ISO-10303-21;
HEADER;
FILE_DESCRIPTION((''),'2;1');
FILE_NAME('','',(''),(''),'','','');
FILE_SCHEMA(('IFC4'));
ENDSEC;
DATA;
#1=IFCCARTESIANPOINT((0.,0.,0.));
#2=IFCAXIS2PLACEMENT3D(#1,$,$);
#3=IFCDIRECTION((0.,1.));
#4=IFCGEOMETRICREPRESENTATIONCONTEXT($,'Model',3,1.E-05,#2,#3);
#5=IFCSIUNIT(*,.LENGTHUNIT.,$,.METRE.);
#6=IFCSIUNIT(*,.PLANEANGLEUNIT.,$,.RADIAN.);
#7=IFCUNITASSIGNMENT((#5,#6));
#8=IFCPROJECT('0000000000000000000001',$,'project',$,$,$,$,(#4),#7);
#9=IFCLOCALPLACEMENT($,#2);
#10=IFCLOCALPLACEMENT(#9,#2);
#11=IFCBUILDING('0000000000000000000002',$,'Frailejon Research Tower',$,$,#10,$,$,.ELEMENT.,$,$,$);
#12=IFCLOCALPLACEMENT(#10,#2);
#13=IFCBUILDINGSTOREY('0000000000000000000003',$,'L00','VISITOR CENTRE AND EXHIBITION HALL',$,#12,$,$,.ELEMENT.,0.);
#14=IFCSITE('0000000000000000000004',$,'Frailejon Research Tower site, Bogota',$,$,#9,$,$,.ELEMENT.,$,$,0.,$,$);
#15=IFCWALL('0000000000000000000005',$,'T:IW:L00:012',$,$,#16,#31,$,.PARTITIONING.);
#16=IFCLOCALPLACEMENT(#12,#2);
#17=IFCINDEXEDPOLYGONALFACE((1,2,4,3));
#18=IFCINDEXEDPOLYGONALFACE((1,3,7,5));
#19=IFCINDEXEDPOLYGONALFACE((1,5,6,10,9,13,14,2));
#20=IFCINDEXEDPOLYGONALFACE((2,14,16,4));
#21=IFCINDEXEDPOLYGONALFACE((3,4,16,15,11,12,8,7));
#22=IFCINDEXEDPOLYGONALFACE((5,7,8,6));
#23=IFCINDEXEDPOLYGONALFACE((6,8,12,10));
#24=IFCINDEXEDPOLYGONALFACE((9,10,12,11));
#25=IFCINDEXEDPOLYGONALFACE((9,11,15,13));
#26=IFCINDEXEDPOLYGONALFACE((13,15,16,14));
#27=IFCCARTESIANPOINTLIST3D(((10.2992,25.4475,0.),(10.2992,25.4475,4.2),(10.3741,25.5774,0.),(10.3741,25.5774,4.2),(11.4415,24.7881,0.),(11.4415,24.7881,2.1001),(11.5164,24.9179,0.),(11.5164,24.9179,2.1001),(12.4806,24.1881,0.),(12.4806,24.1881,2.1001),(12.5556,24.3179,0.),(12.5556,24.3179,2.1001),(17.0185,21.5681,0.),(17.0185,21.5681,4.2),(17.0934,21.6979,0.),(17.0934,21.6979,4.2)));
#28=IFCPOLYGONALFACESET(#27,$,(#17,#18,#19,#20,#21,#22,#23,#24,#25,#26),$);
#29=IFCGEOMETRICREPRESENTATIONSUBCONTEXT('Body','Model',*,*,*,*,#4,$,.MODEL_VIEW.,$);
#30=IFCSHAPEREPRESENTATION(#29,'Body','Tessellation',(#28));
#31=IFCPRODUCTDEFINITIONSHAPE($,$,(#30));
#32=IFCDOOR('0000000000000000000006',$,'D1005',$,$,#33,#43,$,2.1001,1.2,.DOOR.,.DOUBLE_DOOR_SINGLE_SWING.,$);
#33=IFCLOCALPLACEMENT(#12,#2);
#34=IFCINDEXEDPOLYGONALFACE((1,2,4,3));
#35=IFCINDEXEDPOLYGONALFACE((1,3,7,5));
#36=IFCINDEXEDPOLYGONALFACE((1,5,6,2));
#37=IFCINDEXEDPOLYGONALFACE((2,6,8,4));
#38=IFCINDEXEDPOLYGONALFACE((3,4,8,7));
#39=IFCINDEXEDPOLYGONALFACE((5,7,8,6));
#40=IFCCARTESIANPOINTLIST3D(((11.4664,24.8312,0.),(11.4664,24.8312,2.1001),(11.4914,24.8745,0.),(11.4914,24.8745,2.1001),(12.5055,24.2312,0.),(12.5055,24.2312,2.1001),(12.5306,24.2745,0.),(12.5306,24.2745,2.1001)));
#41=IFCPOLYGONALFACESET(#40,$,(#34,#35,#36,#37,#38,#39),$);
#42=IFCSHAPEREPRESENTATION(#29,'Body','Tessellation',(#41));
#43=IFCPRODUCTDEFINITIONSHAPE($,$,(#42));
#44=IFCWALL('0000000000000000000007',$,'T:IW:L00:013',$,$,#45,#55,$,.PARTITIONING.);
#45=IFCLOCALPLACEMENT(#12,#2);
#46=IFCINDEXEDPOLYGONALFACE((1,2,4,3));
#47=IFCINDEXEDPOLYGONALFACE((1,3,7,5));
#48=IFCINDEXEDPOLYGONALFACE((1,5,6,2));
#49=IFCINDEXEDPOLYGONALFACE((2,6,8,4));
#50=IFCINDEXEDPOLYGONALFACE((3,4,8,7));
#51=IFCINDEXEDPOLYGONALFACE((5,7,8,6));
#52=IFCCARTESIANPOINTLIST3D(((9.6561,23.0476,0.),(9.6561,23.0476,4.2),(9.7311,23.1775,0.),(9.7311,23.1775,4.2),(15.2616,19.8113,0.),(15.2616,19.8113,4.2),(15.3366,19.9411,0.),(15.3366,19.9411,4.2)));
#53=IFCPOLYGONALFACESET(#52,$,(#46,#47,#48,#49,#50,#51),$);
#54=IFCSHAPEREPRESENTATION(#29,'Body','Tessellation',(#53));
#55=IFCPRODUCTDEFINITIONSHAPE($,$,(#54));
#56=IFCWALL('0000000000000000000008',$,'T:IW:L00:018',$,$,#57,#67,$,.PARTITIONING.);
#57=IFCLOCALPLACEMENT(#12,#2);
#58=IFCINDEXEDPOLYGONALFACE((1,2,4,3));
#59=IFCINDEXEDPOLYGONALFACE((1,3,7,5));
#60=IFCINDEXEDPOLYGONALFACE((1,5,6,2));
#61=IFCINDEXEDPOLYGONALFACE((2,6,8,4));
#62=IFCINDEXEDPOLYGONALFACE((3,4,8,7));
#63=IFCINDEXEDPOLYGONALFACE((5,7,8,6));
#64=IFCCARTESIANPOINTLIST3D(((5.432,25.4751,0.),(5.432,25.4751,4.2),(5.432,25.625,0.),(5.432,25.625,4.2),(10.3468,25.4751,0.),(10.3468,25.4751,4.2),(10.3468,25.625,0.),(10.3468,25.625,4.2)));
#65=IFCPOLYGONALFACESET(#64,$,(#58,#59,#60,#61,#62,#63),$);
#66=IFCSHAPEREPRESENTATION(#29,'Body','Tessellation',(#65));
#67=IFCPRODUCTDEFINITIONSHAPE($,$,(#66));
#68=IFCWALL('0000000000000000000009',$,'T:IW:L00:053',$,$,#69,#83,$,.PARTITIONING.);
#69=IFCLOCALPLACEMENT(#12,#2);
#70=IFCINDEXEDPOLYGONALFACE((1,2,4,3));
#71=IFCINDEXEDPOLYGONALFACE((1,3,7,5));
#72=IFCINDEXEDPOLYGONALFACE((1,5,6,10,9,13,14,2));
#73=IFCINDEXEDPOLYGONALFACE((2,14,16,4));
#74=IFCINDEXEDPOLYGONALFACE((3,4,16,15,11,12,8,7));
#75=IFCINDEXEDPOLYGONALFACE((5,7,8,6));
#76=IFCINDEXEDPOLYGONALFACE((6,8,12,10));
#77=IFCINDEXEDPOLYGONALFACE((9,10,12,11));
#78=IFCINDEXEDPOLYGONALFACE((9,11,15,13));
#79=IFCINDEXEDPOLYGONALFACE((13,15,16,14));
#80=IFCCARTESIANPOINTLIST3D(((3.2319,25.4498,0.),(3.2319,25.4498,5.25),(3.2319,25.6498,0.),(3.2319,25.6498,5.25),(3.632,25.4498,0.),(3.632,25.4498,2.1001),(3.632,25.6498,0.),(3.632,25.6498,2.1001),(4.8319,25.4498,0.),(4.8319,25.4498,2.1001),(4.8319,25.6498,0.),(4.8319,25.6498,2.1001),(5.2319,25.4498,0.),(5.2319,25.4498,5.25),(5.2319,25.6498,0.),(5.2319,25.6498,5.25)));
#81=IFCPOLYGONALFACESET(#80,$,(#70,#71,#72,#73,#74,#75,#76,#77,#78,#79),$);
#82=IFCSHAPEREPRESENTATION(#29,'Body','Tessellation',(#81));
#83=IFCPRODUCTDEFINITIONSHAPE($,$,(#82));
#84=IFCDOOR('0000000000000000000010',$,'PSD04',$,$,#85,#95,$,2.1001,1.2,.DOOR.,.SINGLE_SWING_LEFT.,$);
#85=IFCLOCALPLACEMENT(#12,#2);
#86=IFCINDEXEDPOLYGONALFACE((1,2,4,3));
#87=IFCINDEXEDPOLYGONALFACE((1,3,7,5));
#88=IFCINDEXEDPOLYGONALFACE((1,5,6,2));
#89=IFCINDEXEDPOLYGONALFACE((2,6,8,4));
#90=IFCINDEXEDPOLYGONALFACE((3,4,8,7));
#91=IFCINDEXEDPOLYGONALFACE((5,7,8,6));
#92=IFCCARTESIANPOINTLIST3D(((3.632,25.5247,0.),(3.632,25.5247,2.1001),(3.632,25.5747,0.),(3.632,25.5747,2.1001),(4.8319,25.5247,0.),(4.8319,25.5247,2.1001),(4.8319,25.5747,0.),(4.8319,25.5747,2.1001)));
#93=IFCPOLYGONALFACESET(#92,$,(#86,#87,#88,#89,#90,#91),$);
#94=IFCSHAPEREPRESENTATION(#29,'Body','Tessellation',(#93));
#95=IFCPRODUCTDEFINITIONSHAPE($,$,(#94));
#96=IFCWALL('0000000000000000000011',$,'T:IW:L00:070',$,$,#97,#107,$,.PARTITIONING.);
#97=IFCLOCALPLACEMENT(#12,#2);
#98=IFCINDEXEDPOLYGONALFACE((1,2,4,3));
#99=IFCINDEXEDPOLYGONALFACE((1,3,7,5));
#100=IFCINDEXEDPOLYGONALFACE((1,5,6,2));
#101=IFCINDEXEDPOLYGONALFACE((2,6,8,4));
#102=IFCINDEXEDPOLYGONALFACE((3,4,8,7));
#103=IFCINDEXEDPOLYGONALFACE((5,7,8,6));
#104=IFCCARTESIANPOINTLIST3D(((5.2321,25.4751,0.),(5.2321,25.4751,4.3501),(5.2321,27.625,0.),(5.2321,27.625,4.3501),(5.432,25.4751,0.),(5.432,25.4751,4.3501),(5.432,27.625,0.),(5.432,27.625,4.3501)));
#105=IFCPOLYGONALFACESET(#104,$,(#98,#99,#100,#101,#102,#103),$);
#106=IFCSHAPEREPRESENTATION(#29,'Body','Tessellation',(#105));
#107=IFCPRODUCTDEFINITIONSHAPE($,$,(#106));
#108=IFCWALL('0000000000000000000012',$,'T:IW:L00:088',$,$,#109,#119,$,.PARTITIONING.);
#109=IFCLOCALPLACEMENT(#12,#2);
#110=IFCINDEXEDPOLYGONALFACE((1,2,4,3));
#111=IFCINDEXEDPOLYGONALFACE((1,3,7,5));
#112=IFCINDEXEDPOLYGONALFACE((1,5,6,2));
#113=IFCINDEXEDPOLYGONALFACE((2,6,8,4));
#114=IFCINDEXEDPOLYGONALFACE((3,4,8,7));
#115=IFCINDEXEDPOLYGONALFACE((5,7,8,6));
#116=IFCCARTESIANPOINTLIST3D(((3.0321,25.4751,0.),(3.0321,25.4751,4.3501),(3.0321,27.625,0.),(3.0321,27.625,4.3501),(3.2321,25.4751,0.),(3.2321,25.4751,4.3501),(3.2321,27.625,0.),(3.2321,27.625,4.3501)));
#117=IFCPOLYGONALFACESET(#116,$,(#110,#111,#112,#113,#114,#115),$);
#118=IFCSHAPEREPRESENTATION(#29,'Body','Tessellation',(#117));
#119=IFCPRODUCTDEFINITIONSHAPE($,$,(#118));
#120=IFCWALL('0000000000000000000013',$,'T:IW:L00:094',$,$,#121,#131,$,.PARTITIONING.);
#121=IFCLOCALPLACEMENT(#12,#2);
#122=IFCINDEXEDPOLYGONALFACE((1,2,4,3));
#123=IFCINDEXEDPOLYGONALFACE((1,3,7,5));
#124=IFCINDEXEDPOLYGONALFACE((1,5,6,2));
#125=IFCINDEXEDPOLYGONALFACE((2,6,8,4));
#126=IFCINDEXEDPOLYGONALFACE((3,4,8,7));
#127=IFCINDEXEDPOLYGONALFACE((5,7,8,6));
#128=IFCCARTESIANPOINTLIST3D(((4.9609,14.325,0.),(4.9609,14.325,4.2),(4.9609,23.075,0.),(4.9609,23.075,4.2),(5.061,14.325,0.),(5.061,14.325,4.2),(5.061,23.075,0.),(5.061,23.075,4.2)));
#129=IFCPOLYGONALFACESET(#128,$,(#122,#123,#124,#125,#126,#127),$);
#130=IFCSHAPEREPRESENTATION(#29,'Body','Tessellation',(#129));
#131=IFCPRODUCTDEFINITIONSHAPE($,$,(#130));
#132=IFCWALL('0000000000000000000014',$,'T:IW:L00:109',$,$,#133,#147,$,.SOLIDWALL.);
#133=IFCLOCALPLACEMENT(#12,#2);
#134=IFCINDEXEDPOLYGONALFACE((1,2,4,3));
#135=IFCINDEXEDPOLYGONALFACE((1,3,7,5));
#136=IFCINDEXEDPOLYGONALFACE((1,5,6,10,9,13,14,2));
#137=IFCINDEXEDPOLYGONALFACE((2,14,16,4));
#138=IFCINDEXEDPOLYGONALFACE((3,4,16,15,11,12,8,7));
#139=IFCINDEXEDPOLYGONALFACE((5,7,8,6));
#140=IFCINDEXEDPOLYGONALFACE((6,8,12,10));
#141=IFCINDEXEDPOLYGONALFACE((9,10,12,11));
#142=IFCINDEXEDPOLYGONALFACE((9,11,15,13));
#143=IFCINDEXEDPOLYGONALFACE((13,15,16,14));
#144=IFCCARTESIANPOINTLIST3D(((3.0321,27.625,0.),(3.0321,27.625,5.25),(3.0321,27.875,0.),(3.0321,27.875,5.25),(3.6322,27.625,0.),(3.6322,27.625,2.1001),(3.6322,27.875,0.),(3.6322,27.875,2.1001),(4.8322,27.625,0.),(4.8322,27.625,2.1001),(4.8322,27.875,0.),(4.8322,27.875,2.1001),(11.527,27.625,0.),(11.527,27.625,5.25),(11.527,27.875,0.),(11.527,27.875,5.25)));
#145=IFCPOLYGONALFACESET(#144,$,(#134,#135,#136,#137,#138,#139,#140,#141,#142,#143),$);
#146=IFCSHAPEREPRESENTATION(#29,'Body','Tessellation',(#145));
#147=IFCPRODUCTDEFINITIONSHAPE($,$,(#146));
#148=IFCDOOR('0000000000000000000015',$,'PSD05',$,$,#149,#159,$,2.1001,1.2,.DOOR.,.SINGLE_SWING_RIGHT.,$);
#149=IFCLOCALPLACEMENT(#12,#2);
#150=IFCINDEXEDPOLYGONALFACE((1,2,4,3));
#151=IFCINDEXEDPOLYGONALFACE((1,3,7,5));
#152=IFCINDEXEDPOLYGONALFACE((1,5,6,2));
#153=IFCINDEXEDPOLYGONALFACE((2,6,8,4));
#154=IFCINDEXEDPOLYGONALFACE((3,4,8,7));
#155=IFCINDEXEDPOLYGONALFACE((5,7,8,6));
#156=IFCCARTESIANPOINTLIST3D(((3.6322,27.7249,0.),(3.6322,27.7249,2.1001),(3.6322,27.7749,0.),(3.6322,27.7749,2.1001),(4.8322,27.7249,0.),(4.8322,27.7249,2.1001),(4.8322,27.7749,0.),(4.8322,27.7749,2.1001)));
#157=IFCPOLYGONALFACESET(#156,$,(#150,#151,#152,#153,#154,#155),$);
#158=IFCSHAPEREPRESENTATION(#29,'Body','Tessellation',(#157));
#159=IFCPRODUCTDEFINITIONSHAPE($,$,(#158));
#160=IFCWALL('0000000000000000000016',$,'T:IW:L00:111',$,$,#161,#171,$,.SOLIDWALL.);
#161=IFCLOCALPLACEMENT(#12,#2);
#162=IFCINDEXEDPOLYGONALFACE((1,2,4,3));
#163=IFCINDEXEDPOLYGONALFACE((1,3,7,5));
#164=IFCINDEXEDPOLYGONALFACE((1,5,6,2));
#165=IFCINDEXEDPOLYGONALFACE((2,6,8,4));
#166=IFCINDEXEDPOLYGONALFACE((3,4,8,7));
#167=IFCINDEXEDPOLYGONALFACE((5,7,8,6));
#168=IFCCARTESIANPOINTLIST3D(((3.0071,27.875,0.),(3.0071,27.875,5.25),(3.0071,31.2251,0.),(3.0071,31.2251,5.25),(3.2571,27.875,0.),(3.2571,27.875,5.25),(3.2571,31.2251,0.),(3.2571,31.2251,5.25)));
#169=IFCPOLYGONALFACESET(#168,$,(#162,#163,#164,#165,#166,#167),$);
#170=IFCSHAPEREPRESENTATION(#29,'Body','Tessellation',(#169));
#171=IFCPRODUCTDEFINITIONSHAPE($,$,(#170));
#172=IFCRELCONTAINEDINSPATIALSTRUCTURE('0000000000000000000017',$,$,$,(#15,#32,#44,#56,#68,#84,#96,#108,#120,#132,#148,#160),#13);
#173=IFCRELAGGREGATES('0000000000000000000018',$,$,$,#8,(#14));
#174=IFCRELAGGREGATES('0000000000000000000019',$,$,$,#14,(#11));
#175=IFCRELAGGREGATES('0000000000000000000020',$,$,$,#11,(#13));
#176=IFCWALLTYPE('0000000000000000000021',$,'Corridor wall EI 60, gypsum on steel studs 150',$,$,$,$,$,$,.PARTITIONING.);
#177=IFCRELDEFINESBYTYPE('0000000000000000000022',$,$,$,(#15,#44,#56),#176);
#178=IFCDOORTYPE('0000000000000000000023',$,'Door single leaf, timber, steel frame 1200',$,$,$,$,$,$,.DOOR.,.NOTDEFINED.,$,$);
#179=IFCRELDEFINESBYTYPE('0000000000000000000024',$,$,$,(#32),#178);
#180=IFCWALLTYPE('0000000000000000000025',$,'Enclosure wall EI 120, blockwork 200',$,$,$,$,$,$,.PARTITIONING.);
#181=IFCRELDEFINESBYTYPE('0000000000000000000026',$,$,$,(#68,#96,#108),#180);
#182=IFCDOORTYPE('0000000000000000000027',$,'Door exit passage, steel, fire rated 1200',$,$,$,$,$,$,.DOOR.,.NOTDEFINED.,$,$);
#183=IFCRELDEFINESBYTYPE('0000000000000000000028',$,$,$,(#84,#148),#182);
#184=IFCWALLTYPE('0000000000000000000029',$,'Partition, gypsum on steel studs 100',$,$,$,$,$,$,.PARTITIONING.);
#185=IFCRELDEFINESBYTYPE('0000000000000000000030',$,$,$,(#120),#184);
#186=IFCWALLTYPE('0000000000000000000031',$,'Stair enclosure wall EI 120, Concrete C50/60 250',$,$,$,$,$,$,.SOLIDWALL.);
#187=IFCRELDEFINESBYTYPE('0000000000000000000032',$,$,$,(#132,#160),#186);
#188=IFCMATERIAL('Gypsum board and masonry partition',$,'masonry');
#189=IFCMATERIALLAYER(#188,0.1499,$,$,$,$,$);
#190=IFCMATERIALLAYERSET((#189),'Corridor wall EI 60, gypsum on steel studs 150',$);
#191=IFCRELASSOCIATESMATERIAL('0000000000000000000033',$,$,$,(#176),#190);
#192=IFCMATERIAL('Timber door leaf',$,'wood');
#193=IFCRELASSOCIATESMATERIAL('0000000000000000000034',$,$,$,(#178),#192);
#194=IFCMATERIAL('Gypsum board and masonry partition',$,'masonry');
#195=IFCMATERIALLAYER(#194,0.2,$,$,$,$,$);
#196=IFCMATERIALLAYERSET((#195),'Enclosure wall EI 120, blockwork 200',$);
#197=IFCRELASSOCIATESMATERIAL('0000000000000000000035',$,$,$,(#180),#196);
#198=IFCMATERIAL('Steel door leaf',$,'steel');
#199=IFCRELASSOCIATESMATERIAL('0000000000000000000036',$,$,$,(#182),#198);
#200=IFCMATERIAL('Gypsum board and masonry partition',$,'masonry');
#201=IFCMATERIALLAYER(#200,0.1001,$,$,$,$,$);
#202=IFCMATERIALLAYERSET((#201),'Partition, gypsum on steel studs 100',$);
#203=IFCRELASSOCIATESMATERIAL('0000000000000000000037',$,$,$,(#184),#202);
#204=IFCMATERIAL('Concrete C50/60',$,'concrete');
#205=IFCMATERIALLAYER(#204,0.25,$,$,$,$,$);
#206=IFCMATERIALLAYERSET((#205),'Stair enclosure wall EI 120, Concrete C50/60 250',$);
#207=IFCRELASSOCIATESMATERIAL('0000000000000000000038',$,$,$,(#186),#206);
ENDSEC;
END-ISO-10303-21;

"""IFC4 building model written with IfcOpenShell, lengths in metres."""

from ifc_helpers import new_model, si_unit, direction, frame, frame_2d, origin, place, context, subcontext, project, spatial, rectangle, extrude, material, layer, layer_set, type_object, element, fill, save


model = new_model("IFC4")

# Units and contexts
model_context = context("Model", 3, precision=1e-05, world=origin(), true_north=direction((0.0, 1.0)))
body_context = subcontext(model_context, "Body", "Model", "MODEL_VIEW")
ifc_project = project(units=[si_unit("LENGTHUNIT", "METRE"), si_unit("PLANEANGLEUNIT", "RADIAN")], contexts=[model_context])

# Site, building, storey
site_placement = place(None, origin())
site = spatial("IfcSite", under=ifc_project, at=site_placement, Name="Frailejon Research Tower site, Bogota", CompositionType="ELEMENT", RefElevation=0.0)
building_placement = place(site_placement, origin())
building = spatial("IfcBuilding", under=site, at=building_placement, Name="Frailejon Research Tower", CompositionType="ELEMENT")
storey_placement = place(building_placement, origin())
storey = spatial("IfcBuildingStorey", under=building, at=storey_placement, Name="L00", Description="VISITOR CENTRE AND EXHIBITION HALL", CompositionType="ELEMENT", Elevation=0.0)

# Wall, opening, door
ifc_material_1 = material(Name="Gypsum board and masonry partition", Category="masonry")
ifc_layer_1 = layer(ifc_material_1, 0.1499)
ifc_layer_set_1 = layer_set([ifc_layer_1], Name="Corridor wall EI 60, gypsum on steel studs 150")
wall_type_1 = type_object("IfcWallType", Name="Corridor wall EI 60, gypsum on steel studs 150", PredefinedType="PARTITIONING", material=ifc_layer_set_1)
wall_1_placement = place(storey_placement, frame((10.3367, 25.5125, 0.0), z_axis=(0.0, 0.0, 1.0), x_axis=(0.866023, -0.500004, 0.0)))
wall_1 = element("IfcWall", 1, at=wall_1_placement, inside=storey, type_object=wall_type_1, Name="T:IW:L00:012", PredefinedType="PARTITIONING", context=body_context, shape_type="SweptSolid", body=[
    extrude(rectangle(XDim=7.7588, YDim=0.1499, at=frame_2d((3.8794, 0.0))), origin(), (0.0, 0.0, 1.0), 4.2),
])
opening_1_placement = place(wall_1_placement, frame((1.3188, 0.0, 0.0)))
opening_1 = element("IfcOpeningElement", 2, at=opening_1_placement, cuts=wall_1, PredefinedType="OPENING", context=body_context, shape_type="SweptSolid", body=[
    extrude(rectangle(XDim=1.2, YDim=2.1001, at=frame_2d((0.6001, 1.05))), frame((0.0, 0.085, 0.0), z_axis=(0.0, -1.0, 0.0), x_axis=(1.0, 0.0, 0.0)), (0.0, 0.0, 1.0), 0.1699),
])
ifc_material_2 = material(Name="Timber door leaf", Category="wood")
door_type_1 = type_object("IfcDoorType", Name="Door single leaf, timber, steel frame 1200", OperationType="NOTDEFINED", PredefinedType="DOOR", material=ifc_material_2)
door_1_placement = place(opening_1_placement, origin())
door_1 = element("IfcDoor", 3, at=door_1_placement, inside=storey, type_object=door_type_1, Name="D1005", OperationType="DOUBLE_DOOR_SINGLE_SWING", OverallHeight=2.1001, OverallWidth=1.2, PredefinedType="DOOR", context=body_context, shape_type="SweptSolid", body=[
    extrude(rectangle(XDim=1.2, YDim=2.1001, at=frame_2d((0.6001, 1.05))), frame((0.0, 0.0249, 0.0), z_axis=(0.0, -1.0, 0.0), x_axis=(1.0, 0.0, 0.0)), (0.0, 0.0, 1.0), 0.05),
])
fill(opening_1, door_1)

# Walls
wall_2_placement = place(storey_placement, frame((9.6936, 23.1125, 0.0), z_axis=(0.0, 0.0, 1.0), x_axis=(0.866025, -0.500001, 0.0)))
element("IfcWall", 4, at=wall_2_placement, inside=storey, type_object=wall_type_1, Name="T:IW:L00:013", PredefinedType="PARTITIONING", context=body_context, shape_type="SweptSolid", body=[
    extrude(rectangle(XDim=6.4727, YDim=0.1499, at=frame_2d((3.2363, 0.0))), origin(), (0.0, 0.0, 1.0), 4.2),
])
wall_3_placement = place(storey_placement, frame((5.4319, 25.55, 0.0), z_axis=(0.0, 0.0, 1.0), x_axis=(1.0, 0.0, 0.0)))
element("IfcWall", 5, at=wall_3_placement, inside=storey, type_object=wall_type_1, Name="T:IW:L00:018", PredefinedType="PARTITIONING", context=body_context, shape_type="SweptSolid", body=[
    extrude(rectangle(XDim=4.9148, YDim=0.1499, at=frame_2d((2.4575, 0.0))), origin(), (0.0, 0.0, 1.0), 4.2),
])

# Wall, opening, door
ifc_material_3 = material(Name="Gypsum board and masonry partition", Category="masonry")
ifc_layer_2 = layer(ifc_material_3, 0.2)
ifc_layer_set_2 = layer_set([ifc_layer_2], Name="Enclosure wall EI 120, blockwork 200")
wall_type_2 = type_object("IfcWallType", Name="Enclosure wall EI 120, blockwork 200", PredefinedType="PARTITIONING", material=ifc_layer_set_2)
wall_4_placement = place(storey_placement, frame((3.2319, 25.5498, 0.0), z_axis=(0.0, 0.0, 1.0), x_axis=(1.0, 0.0, 0.0)))
wall_4 = element("IfcWall", 6, at=wall_4_placement, inside=storey, type_object=wall_type_2, Name="T:IW:L00:053", PredefinedType="PARTITIONING", context=body_context, shape_type="SweptSolid", body=[
    extrude(rectangle(XDim=2.0, YDim=0.2, at=frame_2d((1.0, 0.0))), origin(), (0.0, 0.0, 1.0), 5.25),
])
opening_2_placement = place(wall_4_placement, frame((0.3999, 0.0, 0.0)))
opening_2 = element("IfcOpeningElement", 7, at=opening_2_placement, cuts=wall_4, PredefinedType="OPENING", context=body_context, shape_type="SweptSolid", body=[
    extrude(rectangle(XDim=1.2, YDim=2.1001, at=frame_2d((0.6001, 1.05))), frame((0.0, 0.1099, 0.0), z_axis=(0.0, -1.0, 0.0), x_axis=(1.0, 0.0, 0.0)), (0.0, 0.0, 1.0), 0.22),
])
ifc_material_4 = material(Name="Steel door leaf", Category="steel")
door_type_2 = type_object("IfcDoorType", Name="Door exit passage, steel, fire rated 1200", OperationType="NOTDEFINED", PredefinedType="DOOR", material=ifc_material_4)
door_2_placement = place(opening_2_placement, origin())
door_2 = element("IfcDoor", 8, at=door_2_placement, inside=storey, type_object=door_type_2, Name="PSD04", OperationType="SINGLE_SWING_LEFT", OverallHeight=2.1001, OverallWidth=1.2, PredefinedType="DOOR", context=body_context, shape_type="SweptSolid", body=[
    extrude(rectangle(XDim=1.2, YDim=2.1001, at=frame_2d((0.6001, 1.05))), frame((0.0, 0.0249, 0.0), z_axis=(0.0, -1.0, 0.0), x_axis=(1.0, 0.0, 0.0)), (0.0, 0.0, 1.0), 0.05),
])
fill(opening_2, door_2)

# Walls
for number, where, z_axis, x_axis, name in (
    (9, (5.332, 25.4751, 0.0), (0.0, 0.0, 1.0), (0.0, 1.0, 0.0), "T:IW:L00:070"),
    (10, (3.1321, 25.4751, 0.0), (0.0, 0.0, 1.0), (0.0, 1.0, 0.0), "T:IW:L00:088"),
):
    element("IfcWall", number, at=place(storey_placement, frame(where, z_axis=z_axis, x_axis=x_axis)), inside=storey, type_object=wall_type_2, Name=name, PredefinedType="PARTITIONING", context=body_context, shape_type="SweptSolid", body=[
        extrude(rectangle(XDim=2.1499, YDim=0.2, at=frame_2d((1.075, 0.0))), origin(), (0.0, 0.0, 1.0), 4.3501),
    ])
ifc_material_5 = material(Name="Gypsum board and masonry partition", Category="masonry")
ifc_layer_3 = layer(ifc_material_5, 0.1001)
ifc_layer_set_3 = layer_set([ifc_layer_3], Name="Partition, gypsum on steel studs 100")
wall_type_3 = type_object("IfcWallType", Name="Partition, gypsum on steel studs 100", PredefinedType="PARTITIONING", material=ifc_layer_set_3)
wall_5_placement = place(storey_placement, frame((5.011, 14.325, 0.0), z_axis=(0.0, 0.0, 1.0), x_axis=(0.0, 1.0, 0.0)))
element("IfcWall", 11, at=wall_5_placement, inside=storey, type_object=wall_type_3, Name="T:IW:L00:094", PredefinedType="PARTITIONING", context=body_context, shape_type="SweptSolid", body=[
    extrude(rectangle(XDim=8.75, YDim=0.1001, at=frame_2d((4.375, 0.0))), origin(), (0.0, 0.0, 1.0), 4.2),
])

# Wall, opening, door
ifc_material_6 = material(Name="Concrete C50/60", Category="concrete")
ifc_layer_4 = layer(ifc_material_6, 0.25)
ifc_layer_set_4 = layer_set([ifc_layer_4], Name="Stair enclosure wall EI 120, Concrete C50/60 250")
wall_type_4 = type_object("IfcWallType", Name="Stair enclosure wall EI 120, Concrete C50/60 250", PredefinedType="SOLIDWALL", material=ifc_layer_set_4)
wall_6_placement = place(storey_placement, frame((3.032, 27.75, 0.0), z_axis=(0.0, 0.0, 1.0), x_axis=(1.0, 0.0, 0.0)))
wall_6 = element("IfcWall", 12, at=wall_6_placement, inside=storey, type_object=wall_type_4, Name="T:IW:L00:109", PredefinedType="SOLIDWALL", context=body_context, shape_type="SweptSolid", body=[
    extrude(rectangle(XDim=8.4949, YDim=0.25, at=frame_2d((4.2476, 0.0))), origin(), (0.0, 0.0, 1.0), 5.25),
])
opening_3_placement = place(wall_6_placement, frame((0.6001, 0.0, 0.0)))
opening_3 = element("IfcOpeningElement", 13, at=opening_3_placement, cuts=wall_6, PredefinedType="OPENING", context=body_context, shape_type="SweptSolid", body=[
    extrude(rectangle(XDim=1.2, YDim=2.1001, at=frame_2d((0.6001, 1.05))), frame((0.0, 0.135, 0.0), z_axis=(0.0, -1.0, 0.0), x_axis=(1.0, 0.0, 0.0)), (0.0, 0.0, 1.0), 0.27),
])
door_3_placement = place(opening_3_placement, origin())
door_3 = element("IfcDoor", 14, at=door_3_placement, inside=storey, type_object=door_type_2, Name="PSD05", OperationType="SINGLE_SWING_RIGHT", OverallHeight=2.1001, OverallWidth=1.2, PredefinedType="DOOR", context=body_context, shape_type="SweptSolid", body=[
    extrude(rectangle(XDim=1.2, YDim=2.1001, at=frame_2d((0.6001, 1.05))), frame((0.0, 0.0249, 0.0), z_axis=(0.0, -1.0, 0.0), x_axis=(1.0, 0.0, 0.0)), (0.0, 0.0, 1.0), 0.05),
])
fill(opening_3, door_3)

# Wall
for number, where, z_axis, x_axis, name in (
    (15, (3.1321, 27.875, 0.0), (0.0, 0.0, 1.0), (0.0, 1.0, 0.0), "T:IW:L00:111"),
):
    element("IfcWall", number, at=place(storey_placement, frame(where, z_axis=z_axis, x_axis=x_axis)), inside=storey, type_object=wall_type_4, Name=name, PredefinedType="SOLIDWALL", context=body_context, shape_type="SweptSolid", body=[
        extrude(rectangle(XDim=3.3501, YDim=0.25, at=frame_2d((1.675, 0.0))), origin(), (0.0, 0.0, 1.0), 5.25),
    ])

save(model, "model.ifc")
